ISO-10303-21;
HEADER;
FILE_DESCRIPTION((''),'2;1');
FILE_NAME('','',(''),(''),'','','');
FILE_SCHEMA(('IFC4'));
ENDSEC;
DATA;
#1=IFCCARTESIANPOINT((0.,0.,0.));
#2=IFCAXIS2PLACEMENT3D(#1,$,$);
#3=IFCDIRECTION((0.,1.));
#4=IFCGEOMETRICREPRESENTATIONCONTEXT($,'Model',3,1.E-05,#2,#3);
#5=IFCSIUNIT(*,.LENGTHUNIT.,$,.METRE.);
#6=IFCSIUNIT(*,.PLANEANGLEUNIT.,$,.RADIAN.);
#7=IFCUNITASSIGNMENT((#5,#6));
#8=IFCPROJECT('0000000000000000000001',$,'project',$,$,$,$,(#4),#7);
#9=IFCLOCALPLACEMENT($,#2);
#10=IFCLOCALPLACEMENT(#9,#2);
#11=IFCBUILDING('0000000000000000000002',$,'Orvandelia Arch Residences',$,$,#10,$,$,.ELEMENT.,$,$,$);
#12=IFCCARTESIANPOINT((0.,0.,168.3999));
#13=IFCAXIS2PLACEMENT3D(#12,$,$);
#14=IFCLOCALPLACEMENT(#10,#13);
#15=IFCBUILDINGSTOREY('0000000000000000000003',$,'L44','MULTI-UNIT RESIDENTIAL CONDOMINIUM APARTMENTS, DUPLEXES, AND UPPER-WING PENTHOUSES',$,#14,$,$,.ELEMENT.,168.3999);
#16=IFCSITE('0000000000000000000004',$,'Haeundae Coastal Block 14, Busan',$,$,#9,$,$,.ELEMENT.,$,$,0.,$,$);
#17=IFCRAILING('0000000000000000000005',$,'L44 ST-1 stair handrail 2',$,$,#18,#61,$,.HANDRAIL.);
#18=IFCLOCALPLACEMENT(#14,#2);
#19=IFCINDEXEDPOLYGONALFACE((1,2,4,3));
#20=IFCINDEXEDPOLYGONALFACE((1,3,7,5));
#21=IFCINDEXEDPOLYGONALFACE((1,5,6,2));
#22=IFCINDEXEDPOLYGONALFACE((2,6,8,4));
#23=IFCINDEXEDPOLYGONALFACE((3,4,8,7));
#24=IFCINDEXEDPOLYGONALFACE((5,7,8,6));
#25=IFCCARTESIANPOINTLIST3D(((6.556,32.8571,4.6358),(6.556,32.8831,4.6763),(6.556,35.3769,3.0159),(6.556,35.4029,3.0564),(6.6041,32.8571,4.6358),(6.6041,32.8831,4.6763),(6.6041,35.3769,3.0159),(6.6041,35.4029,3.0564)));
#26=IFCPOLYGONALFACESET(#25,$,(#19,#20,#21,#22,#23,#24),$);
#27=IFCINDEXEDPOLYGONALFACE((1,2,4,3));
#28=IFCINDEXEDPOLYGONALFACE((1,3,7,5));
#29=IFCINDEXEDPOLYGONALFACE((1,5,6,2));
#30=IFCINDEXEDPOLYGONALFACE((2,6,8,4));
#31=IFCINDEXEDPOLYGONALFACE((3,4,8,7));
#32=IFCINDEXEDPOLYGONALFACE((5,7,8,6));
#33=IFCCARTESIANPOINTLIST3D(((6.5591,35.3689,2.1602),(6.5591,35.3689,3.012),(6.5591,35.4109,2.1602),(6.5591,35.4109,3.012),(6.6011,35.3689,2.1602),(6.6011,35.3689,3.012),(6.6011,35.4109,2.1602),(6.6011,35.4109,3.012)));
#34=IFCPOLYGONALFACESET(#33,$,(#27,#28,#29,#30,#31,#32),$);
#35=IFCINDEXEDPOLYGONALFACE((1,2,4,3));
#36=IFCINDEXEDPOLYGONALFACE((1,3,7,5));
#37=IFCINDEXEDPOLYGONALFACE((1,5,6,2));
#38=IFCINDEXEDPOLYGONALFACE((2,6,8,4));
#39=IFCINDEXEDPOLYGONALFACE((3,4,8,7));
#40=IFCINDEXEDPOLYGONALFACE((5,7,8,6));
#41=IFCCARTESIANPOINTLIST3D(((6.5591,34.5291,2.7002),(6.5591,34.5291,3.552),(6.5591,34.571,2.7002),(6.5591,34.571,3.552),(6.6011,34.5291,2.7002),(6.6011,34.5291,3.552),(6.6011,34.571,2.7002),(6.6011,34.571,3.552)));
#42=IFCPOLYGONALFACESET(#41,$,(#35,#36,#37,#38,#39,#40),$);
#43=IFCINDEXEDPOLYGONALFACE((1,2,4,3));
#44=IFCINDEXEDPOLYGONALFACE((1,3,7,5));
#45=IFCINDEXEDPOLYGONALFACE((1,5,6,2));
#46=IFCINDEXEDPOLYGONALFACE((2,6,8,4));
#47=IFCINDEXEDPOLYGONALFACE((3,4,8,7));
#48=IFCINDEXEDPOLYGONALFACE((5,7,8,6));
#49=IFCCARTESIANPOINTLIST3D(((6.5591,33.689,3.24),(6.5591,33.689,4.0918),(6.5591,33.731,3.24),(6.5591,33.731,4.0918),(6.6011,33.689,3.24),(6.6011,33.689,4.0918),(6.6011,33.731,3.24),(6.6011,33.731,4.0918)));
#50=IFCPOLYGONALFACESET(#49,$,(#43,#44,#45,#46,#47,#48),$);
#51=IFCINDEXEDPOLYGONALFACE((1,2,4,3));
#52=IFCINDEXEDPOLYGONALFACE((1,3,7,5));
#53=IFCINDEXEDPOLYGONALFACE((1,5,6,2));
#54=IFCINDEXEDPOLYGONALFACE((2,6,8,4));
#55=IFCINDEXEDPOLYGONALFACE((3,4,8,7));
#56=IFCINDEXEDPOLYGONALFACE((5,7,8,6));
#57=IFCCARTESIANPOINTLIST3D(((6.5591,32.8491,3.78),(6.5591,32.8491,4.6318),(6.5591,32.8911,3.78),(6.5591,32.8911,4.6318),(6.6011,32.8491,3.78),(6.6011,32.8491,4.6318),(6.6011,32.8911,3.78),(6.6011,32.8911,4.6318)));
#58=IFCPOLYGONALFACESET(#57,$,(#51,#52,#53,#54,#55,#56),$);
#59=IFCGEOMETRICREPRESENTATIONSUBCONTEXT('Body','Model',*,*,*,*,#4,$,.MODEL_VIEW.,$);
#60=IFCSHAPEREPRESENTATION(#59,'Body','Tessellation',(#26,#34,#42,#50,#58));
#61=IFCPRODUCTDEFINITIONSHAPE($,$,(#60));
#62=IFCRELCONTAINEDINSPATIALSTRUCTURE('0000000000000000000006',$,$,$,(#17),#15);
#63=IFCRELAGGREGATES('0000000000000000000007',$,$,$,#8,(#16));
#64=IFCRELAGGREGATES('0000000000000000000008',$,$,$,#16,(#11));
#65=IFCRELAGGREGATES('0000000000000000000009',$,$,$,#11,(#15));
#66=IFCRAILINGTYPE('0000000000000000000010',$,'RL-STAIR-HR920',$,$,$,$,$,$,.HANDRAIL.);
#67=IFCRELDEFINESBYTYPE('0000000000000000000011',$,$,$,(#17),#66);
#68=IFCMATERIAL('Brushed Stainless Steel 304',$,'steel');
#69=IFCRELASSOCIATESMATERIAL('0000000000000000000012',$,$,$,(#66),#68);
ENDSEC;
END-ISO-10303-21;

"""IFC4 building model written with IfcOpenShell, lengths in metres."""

from ifc_helpers import new_model, si_unit, direction, frame, origin, origin_2d, place, context, subcontext, project, spatial, rectangle, extrude, material, type_object, element, save


model = new_model("IFC4")

# Units and contexts
model_context = context("Model", 3, precision=1e-05, world=origin(), true_north=direction((0.0, 1.0)))
body_context = subcontext(model_context, "Body", "Model", "MODEL_VIEW")
ifc_project = project(units=[si_unit("LENGTHUNIT", "METRE"), si_unit("PLANEANGLEUNIT", "RADIAN")], contexts=[model_context])

# Site, building, storey
site_placement = place(None, origin())
site = spatial("IfcSite", under=ifc_project, at=site_placement, Name="Haeundae Coastal Block 14, Busan", CompositionType="ELEMENT", RefElevation=0.0)
building_placement = place(site_placement, origin())
building = spatial("IfcBuilding", under=site, at=building_placement, Name="Orvandelia Arch Residences", CompositionType="ELEMENT")
storey_placement = place(building_placement, frame((0.0, 0.0, 168.3999)))
storey = spatial("IfcBuildingStorey", under=building, at=storey_placement, Name="L44", Description="MULTI-UNIT RESIDENTIAL CONDOMINIUM APARTMENTS, DUPLEXES, AND UPPER-WING PENTHOUSES", CompositionType="ELEMENT", Elevation=168.3999)

# Railing
ifc_material_1 = material(Name="Brushed Stainless Steel 304", Category="steel")
railing_type_1 = type_object("IfcRailingType", Name="RL-STAIR-HR920", PredefinedType="HANDRAIL", material=ifc_material_1)
railing_1_placement = place(storey_placement, frame((6.5801, 35.3899, 2.1602)))
element("IfcRailing", 1, at=railing_1_placement, inside=storey, type_object=railing_type_1, Name="L44 ST-1 stair handrail 2", PredefinedType="HANDRAIL", context=body_context, shape_type="SweptSolid", body=[
    extrude(rectangle(XDim=0.0481, YDim=0.0481, at=origin_2d()), frame((0.0, 0.0, 0.876), z_axis=(0.0, -0.841176, 0.540762), x_axis=(1.0, 0.0, 0.0)), (0.0, 0.0, 1.0), 2.9956),
    extrude(rectangle(XDim=0.042, YDim=0.042, at=origin_2d()), origin(), (0.0, 0.0, 1.0), 0.8518),
    extrude(rectangle(XDim=0.042, YDim=0.042, at=origin_2d()), frame((0.0, -0.8398, 0.54)), (0.0, 0.0, 1.0), 0.8518),
    extrude(rectangle(XDim=0.042, YDim=0.042, at=origin_2d()), frame((0.0, -1.6799, 1.0798)), (0.0, 0.0, 1.0), 0.8518),
    extrude(rectangle(XDim=0.042, YDim=0.042, at=origin_2d()), frame((0.0, -2.5198, 1.6199)), (0.0, 0.0, 1.0), 0.8518),
])

save(model, "model.ifc")
